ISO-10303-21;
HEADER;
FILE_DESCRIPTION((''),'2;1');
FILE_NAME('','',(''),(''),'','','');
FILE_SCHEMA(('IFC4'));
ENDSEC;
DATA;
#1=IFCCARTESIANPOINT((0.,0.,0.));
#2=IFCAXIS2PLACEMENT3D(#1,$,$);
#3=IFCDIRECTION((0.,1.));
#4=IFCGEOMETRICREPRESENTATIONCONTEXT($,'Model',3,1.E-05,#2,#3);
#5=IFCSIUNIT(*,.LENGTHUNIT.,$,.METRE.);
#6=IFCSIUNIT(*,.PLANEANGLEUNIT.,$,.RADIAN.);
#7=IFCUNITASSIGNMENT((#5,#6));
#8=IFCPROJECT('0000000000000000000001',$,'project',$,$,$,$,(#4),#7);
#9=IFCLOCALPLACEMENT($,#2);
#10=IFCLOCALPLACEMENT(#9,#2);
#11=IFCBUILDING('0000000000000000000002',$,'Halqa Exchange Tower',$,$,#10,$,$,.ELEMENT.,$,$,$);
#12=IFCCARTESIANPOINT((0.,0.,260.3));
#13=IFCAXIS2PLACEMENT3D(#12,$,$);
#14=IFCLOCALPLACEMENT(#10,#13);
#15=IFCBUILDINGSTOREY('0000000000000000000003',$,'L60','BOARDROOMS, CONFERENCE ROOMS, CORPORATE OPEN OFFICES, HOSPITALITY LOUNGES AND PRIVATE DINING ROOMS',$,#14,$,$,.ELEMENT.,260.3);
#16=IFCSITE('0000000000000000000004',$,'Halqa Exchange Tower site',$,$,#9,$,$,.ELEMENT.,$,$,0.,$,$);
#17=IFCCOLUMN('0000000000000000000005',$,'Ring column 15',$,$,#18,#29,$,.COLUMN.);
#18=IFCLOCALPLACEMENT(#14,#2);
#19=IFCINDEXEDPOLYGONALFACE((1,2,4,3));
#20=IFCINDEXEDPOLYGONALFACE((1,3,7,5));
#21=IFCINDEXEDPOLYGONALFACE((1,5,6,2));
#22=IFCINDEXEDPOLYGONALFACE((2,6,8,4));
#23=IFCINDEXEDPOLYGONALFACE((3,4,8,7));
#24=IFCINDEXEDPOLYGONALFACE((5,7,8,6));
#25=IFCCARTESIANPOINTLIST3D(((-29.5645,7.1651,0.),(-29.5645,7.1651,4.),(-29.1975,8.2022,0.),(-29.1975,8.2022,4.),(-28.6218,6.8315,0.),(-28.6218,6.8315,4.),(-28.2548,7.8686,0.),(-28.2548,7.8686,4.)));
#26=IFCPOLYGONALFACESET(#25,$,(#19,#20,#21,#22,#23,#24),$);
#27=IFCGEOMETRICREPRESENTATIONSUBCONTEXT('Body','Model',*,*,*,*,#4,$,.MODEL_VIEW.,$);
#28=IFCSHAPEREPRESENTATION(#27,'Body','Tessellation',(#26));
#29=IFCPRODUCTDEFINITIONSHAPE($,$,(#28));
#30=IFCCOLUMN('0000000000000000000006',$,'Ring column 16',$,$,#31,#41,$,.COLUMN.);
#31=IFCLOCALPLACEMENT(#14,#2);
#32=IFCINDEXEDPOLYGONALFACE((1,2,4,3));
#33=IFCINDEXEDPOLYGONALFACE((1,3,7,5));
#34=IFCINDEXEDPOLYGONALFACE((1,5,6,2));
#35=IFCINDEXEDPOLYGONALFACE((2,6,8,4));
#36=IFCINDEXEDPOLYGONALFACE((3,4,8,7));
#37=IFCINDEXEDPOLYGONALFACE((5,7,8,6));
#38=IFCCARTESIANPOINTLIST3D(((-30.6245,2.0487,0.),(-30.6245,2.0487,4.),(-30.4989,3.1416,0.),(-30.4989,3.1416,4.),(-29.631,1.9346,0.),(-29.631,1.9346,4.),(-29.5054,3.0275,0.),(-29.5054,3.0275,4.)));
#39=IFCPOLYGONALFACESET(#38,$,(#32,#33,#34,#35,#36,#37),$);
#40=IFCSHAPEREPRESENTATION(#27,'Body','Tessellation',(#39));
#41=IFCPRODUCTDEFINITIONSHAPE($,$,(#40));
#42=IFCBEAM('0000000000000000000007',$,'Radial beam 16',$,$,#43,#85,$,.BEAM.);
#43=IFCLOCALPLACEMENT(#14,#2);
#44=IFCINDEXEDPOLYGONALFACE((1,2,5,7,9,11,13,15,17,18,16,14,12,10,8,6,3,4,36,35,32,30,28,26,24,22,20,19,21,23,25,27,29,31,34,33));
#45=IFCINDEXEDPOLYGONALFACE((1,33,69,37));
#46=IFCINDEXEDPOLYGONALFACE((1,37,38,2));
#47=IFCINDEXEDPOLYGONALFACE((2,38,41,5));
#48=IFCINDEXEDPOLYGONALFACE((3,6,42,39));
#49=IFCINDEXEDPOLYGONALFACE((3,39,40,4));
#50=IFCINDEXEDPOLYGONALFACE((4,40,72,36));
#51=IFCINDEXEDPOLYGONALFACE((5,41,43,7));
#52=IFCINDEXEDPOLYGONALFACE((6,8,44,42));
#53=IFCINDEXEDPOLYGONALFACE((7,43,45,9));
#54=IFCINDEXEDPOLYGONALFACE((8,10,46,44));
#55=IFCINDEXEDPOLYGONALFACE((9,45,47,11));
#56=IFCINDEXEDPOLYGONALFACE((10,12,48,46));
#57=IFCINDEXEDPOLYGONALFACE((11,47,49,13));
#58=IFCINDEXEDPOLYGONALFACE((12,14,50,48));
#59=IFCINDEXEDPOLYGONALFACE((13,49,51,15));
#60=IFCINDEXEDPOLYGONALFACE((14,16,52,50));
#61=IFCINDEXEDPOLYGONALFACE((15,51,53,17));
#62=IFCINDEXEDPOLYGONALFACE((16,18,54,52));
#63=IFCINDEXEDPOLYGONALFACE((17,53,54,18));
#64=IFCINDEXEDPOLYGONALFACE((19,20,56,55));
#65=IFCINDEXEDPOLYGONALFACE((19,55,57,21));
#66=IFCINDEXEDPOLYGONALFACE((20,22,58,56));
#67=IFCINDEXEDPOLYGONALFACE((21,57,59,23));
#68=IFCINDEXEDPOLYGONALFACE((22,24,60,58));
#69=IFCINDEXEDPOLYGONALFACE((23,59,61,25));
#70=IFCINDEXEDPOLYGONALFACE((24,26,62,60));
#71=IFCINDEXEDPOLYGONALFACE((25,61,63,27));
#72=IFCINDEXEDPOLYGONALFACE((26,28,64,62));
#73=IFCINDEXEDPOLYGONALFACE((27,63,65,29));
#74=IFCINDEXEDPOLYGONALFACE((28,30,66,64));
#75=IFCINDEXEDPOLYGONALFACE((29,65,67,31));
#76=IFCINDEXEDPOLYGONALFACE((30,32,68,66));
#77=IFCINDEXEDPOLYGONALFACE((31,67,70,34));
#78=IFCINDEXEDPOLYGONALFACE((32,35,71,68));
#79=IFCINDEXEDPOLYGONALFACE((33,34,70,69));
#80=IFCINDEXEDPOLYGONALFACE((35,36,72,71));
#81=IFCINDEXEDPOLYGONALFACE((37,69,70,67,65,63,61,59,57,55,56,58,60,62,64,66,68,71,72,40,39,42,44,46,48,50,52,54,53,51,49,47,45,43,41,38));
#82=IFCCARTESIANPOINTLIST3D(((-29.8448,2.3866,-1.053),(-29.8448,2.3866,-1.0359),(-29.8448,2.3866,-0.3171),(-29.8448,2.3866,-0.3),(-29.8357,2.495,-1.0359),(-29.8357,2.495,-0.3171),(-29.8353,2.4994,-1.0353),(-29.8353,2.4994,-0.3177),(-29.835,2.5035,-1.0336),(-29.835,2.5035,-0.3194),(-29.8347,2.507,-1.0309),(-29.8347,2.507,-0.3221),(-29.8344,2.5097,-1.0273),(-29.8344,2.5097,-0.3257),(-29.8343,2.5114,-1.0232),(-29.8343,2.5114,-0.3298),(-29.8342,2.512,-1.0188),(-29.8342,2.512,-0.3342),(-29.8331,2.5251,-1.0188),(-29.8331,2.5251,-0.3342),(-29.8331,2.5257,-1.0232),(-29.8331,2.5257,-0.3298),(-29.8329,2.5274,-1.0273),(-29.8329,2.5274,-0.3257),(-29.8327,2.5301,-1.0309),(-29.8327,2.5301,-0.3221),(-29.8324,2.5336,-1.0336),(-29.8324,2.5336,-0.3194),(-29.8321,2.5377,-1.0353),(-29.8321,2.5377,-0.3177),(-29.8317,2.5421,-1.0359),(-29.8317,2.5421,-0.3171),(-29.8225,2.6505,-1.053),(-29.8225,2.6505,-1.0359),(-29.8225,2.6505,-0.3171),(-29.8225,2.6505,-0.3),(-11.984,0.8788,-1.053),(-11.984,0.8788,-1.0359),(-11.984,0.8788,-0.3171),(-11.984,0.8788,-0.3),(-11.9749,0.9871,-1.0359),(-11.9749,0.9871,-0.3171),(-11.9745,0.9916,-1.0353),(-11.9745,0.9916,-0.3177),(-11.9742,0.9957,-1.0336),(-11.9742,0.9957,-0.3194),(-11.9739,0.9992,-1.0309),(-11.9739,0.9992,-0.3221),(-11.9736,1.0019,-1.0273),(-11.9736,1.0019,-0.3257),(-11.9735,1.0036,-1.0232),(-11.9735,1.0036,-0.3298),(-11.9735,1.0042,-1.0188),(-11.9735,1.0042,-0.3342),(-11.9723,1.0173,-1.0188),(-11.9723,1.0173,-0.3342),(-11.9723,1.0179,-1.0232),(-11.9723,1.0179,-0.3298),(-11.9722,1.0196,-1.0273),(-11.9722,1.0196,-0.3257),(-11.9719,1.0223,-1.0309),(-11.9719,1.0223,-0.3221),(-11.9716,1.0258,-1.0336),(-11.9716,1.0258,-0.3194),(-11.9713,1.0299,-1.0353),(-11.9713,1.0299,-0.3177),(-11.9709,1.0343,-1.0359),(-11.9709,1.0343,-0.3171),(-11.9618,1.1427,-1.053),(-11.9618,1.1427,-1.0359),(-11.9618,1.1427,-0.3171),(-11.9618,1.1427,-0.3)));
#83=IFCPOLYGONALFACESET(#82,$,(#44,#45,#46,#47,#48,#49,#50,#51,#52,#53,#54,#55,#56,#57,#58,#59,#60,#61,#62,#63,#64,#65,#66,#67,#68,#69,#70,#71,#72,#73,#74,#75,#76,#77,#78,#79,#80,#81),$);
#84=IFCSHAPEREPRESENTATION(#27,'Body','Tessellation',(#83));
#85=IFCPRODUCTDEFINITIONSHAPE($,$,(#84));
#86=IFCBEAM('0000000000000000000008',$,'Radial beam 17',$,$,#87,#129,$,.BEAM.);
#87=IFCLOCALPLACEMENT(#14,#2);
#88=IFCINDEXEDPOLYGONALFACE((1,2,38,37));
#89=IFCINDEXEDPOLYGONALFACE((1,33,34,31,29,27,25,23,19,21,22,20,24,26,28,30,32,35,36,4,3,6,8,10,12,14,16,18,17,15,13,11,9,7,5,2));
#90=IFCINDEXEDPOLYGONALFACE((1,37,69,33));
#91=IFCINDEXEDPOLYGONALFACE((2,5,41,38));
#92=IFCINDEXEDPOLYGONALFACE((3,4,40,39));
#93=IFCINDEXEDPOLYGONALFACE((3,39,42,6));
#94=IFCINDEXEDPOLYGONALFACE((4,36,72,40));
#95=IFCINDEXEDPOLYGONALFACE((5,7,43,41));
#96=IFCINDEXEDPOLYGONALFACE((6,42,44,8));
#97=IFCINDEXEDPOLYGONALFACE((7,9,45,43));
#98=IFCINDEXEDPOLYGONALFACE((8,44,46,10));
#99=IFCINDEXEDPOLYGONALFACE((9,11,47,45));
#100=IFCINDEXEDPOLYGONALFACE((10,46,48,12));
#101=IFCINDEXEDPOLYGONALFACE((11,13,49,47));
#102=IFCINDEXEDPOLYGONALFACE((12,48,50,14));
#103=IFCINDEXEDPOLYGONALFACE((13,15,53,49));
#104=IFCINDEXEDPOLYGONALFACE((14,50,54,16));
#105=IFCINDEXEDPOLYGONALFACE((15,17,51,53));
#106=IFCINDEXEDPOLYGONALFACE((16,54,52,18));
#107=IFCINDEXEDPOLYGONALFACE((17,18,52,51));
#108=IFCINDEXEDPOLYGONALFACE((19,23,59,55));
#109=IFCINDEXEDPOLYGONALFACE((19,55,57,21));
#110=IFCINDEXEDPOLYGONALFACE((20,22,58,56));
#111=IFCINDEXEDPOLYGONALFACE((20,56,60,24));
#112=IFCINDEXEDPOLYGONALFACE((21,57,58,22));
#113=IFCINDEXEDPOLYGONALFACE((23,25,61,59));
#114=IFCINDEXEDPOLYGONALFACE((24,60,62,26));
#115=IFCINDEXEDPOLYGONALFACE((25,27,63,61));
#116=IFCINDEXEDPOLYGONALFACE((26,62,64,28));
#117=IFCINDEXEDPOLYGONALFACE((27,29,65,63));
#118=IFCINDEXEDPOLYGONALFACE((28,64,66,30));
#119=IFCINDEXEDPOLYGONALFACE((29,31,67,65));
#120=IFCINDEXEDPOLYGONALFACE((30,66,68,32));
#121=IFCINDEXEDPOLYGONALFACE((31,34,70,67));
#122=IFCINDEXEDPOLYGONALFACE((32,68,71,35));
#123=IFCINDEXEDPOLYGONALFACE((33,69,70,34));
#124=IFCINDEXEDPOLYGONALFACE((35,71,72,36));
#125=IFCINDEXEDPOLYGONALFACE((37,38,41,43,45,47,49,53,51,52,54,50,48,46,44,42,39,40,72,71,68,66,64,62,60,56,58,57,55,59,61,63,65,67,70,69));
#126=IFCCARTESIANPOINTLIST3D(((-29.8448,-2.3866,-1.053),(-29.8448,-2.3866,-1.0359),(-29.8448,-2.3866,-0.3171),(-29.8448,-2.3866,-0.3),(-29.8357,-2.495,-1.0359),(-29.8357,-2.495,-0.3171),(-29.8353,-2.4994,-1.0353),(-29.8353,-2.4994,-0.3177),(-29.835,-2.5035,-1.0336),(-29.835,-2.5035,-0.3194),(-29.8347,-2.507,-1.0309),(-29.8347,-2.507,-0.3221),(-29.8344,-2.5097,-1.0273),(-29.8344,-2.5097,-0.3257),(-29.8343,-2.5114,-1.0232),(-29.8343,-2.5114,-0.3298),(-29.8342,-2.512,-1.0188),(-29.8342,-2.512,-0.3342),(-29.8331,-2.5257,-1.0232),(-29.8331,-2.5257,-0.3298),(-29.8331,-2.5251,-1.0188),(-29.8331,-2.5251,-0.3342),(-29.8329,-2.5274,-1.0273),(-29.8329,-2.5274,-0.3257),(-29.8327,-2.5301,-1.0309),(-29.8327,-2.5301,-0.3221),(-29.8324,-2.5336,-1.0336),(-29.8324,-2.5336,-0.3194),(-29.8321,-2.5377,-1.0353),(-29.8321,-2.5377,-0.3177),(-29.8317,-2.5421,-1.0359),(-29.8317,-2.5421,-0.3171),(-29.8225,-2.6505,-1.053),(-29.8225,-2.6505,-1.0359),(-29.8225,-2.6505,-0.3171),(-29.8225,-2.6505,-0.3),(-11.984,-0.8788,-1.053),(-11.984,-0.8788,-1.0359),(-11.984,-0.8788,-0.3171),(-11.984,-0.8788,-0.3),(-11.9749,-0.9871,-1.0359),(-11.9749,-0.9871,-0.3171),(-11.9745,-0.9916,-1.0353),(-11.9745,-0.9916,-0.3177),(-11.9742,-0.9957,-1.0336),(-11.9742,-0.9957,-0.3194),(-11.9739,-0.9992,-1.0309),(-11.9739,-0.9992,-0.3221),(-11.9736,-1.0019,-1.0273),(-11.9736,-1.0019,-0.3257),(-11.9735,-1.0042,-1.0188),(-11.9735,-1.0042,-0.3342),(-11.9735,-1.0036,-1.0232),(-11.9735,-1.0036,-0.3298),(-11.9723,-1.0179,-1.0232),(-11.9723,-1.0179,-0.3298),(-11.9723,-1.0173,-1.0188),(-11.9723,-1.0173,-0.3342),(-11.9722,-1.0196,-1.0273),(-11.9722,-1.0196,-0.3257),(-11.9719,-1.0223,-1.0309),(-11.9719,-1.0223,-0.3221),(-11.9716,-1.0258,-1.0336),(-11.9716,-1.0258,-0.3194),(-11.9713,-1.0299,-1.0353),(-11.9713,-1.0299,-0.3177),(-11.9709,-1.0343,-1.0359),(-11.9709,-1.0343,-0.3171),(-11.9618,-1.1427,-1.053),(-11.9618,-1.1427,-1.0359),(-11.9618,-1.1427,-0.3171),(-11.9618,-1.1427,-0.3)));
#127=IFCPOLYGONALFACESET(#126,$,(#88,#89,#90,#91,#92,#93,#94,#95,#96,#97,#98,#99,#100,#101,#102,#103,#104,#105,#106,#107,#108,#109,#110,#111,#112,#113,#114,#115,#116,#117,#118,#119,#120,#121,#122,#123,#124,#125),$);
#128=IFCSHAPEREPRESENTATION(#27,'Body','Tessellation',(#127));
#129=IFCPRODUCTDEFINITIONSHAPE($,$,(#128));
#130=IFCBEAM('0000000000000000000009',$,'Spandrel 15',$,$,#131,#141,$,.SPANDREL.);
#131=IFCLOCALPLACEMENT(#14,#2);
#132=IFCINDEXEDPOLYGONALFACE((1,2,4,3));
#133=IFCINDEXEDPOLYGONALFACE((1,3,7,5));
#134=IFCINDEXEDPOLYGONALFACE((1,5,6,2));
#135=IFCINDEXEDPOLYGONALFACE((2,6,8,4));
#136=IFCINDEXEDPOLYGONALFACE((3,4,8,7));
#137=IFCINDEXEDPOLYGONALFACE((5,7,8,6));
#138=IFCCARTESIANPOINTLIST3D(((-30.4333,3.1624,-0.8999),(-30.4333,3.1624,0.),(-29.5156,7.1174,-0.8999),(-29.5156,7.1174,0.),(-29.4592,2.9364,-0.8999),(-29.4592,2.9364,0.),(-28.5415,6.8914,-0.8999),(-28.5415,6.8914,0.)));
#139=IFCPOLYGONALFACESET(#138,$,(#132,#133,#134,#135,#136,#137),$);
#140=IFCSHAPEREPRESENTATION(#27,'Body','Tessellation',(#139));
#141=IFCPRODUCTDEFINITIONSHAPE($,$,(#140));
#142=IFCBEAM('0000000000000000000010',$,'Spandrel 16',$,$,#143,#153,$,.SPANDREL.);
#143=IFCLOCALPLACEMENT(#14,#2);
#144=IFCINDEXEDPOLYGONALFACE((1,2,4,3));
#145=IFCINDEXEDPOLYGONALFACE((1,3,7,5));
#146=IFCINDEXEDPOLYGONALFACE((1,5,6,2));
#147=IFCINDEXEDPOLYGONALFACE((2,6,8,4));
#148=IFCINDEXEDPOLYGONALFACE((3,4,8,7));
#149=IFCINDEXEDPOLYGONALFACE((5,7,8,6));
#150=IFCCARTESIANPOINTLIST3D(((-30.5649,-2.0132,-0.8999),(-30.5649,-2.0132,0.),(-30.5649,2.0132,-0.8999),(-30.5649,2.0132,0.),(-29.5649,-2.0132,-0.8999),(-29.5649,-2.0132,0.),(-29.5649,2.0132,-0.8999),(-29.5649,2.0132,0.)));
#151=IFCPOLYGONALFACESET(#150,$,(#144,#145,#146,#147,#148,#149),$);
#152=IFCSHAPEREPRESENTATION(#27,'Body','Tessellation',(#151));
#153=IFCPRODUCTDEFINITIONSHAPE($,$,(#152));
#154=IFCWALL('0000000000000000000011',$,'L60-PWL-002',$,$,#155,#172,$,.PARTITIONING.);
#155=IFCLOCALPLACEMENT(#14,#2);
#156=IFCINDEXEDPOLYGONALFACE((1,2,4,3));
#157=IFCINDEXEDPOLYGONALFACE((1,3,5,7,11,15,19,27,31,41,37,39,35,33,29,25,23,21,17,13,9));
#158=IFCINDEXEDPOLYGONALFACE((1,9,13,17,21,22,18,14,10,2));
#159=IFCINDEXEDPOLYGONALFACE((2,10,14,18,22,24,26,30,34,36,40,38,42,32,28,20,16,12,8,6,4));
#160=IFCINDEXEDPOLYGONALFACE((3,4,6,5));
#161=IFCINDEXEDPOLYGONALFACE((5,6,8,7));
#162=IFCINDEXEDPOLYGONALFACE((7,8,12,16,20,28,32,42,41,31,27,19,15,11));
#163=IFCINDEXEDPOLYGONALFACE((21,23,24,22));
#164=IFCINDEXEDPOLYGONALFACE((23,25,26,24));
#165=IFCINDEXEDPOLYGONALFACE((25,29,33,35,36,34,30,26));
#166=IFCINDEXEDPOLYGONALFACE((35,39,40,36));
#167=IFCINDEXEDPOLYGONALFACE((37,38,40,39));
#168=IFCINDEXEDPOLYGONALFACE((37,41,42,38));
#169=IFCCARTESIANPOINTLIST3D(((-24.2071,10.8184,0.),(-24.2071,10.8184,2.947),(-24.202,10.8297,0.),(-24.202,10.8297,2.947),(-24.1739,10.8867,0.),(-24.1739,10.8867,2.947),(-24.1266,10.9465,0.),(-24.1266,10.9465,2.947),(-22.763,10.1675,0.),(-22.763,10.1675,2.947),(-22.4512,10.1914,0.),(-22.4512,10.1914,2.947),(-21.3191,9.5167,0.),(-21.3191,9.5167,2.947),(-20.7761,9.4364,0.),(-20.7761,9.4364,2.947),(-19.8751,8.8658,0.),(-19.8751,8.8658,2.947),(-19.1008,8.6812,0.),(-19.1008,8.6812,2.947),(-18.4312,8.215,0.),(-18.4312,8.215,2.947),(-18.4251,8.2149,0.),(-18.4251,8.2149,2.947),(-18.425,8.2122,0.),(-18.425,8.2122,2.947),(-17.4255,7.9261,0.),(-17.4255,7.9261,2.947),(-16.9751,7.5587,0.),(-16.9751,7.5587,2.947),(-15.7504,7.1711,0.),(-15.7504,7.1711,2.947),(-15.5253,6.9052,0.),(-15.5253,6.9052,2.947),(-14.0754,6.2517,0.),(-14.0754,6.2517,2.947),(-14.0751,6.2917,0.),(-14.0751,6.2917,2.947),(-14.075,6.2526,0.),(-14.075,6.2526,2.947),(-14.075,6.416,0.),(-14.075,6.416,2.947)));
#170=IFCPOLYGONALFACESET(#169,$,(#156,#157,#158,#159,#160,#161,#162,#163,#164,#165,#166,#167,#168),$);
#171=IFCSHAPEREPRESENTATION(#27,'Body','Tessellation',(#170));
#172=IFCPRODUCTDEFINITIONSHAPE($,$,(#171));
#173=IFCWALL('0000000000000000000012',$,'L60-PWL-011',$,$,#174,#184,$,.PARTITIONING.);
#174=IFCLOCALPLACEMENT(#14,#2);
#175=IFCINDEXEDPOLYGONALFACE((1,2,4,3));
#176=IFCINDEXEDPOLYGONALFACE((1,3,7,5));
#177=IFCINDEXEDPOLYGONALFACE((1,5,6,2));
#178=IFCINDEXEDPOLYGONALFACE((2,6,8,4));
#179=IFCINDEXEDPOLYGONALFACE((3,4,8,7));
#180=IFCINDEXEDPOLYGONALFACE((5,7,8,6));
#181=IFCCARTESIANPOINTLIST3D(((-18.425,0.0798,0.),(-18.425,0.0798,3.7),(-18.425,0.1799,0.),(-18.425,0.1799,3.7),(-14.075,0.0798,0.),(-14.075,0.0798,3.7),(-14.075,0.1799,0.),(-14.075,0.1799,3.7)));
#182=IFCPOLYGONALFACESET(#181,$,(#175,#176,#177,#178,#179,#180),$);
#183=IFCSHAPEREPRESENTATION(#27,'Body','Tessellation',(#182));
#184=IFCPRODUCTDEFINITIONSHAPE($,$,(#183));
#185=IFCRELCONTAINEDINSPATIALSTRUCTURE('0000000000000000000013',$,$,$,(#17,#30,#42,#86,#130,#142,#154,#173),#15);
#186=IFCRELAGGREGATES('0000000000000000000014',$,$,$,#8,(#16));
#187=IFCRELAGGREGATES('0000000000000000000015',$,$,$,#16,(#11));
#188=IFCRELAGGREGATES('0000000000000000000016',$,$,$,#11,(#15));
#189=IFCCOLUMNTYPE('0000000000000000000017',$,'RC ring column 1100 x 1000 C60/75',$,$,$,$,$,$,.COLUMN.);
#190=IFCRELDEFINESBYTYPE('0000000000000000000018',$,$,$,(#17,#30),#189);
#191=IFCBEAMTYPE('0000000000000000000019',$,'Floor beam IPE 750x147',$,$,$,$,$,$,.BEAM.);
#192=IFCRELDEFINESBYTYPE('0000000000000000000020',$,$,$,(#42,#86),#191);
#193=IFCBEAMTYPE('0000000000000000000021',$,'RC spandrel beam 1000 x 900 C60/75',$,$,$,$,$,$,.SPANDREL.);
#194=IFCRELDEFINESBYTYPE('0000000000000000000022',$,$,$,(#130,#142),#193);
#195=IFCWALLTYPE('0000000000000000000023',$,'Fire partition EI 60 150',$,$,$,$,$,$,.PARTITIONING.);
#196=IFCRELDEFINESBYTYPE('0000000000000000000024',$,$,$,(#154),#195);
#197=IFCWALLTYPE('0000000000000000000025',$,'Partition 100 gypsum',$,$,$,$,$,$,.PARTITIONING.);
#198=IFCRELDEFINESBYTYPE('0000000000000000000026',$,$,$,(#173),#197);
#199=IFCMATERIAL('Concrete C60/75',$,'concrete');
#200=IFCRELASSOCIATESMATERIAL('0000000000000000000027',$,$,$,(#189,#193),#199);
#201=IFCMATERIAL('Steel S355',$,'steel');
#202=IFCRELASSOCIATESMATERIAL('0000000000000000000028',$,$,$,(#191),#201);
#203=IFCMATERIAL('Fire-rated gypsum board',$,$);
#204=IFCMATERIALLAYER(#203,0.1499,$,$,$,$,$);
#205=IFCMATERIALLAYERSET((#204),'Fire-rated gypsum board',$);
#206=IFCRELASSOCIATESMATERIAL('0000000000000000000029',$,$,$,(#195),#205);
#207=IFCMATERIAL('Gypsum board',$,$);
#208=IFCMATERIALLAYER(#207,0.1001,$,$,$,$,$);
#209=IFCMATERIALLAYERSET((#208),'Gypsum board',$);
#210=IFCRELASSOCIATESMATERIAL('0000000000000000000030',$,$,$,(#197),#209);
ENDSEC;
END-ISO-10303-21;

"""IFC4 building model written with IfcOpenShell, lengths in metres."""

from ifc_helpers import new_model, si_unit, direction, frame, frame_2d, origin, origin_2d, place, context, subcontext, project, spatial, polyline, rectangle, i_section, outline, extrude, material, layer, layer_set, material_profile, profile_set, type_object, element, save


model = new_model("IFC4")

# Units and contexts
model_context = context("Model", 3, precision=1e-05, world=origin(), true_north=direction((0.0, 1.0)))
body_context = subcontext(model_context, "Body", "Model", "MODEL_VIEW")
ifc_project = project(units=[si_unit("LENGTHUNIT", "METRE"), si_unit("PLANEANGLEUNIT", "RADIAN")], contexts=[model_context])

# Site, building, storey
site_placement = place(None, origin())
site = spatial("IfcSite", under=ifc_project, at=site_placement, Name="Halqa Exchange Tower site", CompositionType="ELEMENT", RefElevation=0.0)
building_placement = place(site_placement, origin())
building = spatial("IfcBuilding", under=site, at=building_placement, Name="Halqa Exchange Tower", CompositionType="ELEMENT")
storey_placement = place(building_placement, frame((0.0, 0.0, 260.3)))
storey = spatial("IfcBuildingStorey", under=building, at=storey_placement, Name="L60", Description="BOARDROOMS, CONFERENCE ROOMS, CORPORATE OPEN OFFICES, HOSPITALITY LOUNGES AND PRIVATE DINING ROOMS", CompositionType="ELEMENT", Elevation=260.3)

# Columns
ifc_material_1 = material(Name="Concrete C60/75", Category="concrete")
ifc_material_profile_1 = material_profile(ifc_material_1, rectangle(XDim=1.1001, YDim=1.0, at=origin_2d()), Name="1100 x 1000")
ifc_profile_set_1 = profile_set([ifc_material_profile_1], Name="Concrete C60/75")
column_type = type_object("IfcColumnType", Name="RC ring column 1100 x 1000 C60/75", PredefinedType="COLUMN", material=ifc_profile_set_1)
for number, where, z_axis, x_axis, name in (
    (1, (-28.9097, 7.5168, 0.0), (0.0, 0.0, 1.0), (-0.333623, -0.942707, 0.0), "Ring column 15"),
    (2, (-30.0649, 2.5381, 0.0), (0.0, 0.0, 1.0), (-0.114159, -0.993463, 0.0), "Ring column 16"),
):
    element("IfcColumn", number, at=place(storey_placement, frame(where, z_axis=z_axis, x_axis=x_axis)), inside=storey, type_object=column_type, Name=name, PredefinedType="COLUMN", context=body_context, shape_type="SweptSolid", body=[
        extrude(rectangle(XDim=1.1001, YDim=1.0, at=origin_2d()), origin(), (0.0, 0.0, 1.0), 4.0),
    ])

# Beams
ifc_material_2 = material(Name="Steel S355", Category="steel")
ifc_material_profile_2 = material_profile(ifc_material_2, i_section(OverallWidth=0.2649, OverallDepth=0.7529, WebThickness=0.0132, FlangeThickness=0.0171, FilletRadius=0.0171, at=origin_2d()), Name="IPE 750x147")
ifc_profile_set_2 = profile_set([ifc_material_profile_2], Name="Steel S355")
beam_type_1 = type_object("IfcBeamType", Name="Floor beam IPE 750x147", PredefinedType="BEAM", material=ifc_profile_set_2)
for number, where, z_axis, x_axis, name in (
    (3, (-11.9729, 1.0107, -0.6765), (-0.996456, 0.084121, 0.0), (-0.084121, -0.996456, 0.0), "Radial beam 16"),
    (4, (-11.9729, -1.0107, -0.6765), (-0.996456, -0.084121, 0.0), (0.084121, -0.996456, 0.0), "Radial beam 17"),
):
    element("IfcBeam", number, at=place(storey_placement, frame(where, z_axis=z_axis, x_axis=x_axis)), inside=storey, type_object=beam_type_1, Name=name, PredefinedType="BEAM", context=body_context, shape_type="SweptSolid", body=[
        extrude(i_section(OverallWidth=0.2649, OverallDepth=0.7529, WebThickness=0.0132, FlangeThickness=0.0171, FilletRadius=0.0171, at=origin_2d()), origin(), (0.0, 0.0, 1.0), 17.9243),
    ])
ifc_material_profile_3 = material_profile(ifc_material_1, rectangle(XDim=1.0, YDim=0.8999, at=origin_2d()), Name="1000 x 900")
ifc_profile_set_3 = profile_set([ifc_material_profile_3], Name="Concrete C60/75")
beam_type_2 = type_object("IfcBeamType", Name="RC spandrel beam 1000 x 900 C60/75", PredefinedType="SPANDREL", material=ifc_profile_set_3)
beam_1_placement = place(storey_placement, frame((-29.0286, 7.0044, -0.45), z_axis=(-0.226032, -0.97412, 0.0), x_axis=(0.97412, -0.226032, 0.0)))
element("IfcBeam", 5, at=beam_1_placement, inside=storey, type_object=beam_type_2, Name="Spandrel 15", PredefinedType="SPANDREL", context=body_context, shape_type="SweptSolid", body=[
    extrude(rectangle(XDim=1.0, YDim=0.8999, at=origin_2d()), origin(), (0.0, 0.0, 1.0), 4.0601),
])
beam_2_placement = place(storey_placement, frame((-30.0649, 2.0132, -0.45), z_axis=(0.0, -1.0, 0.0), x_axis=(1.0, 0.0, 0.0)))
element("IfcBeam", 6, at=beam_2_placement, inside=storey, type_object=beam_type_2, Name="Spandrel 16", PredefinedType="SPANDREL", context=body_context, shape_type="SweptSolid", body=[
    extrude(rectangle(XDim=1.0, YDim=0.8999, at=origin_2d()), origin(), (0.0, 0.0, 1.0), 4.0264),
])

# Shared definitions
ifc_material_3 = material(Name="Gypsum board")

# Walls
ifc_material_4 = material(Name="Fire-rated gypsum board")
ifc_layer_1 = layer(ifc_material_4, 0.1499)
ifc_layer_set_1 = layer_set([ifc_layer_1], Name="Fire-rated gypsum board")
wall_type_1 = type_object("IfcWallType", Name="Fire partition EI 60 150", PredefinedType="PARTITIONING", material=ifc_layer_set_1)
wall_1_placement = place(storey_placement, frame((-24.1763, 10.8867, 0.0), z_axis=(0.0, 0.0, 1.0), x_axis=(0.911671, -0.410921, 0.0)))
element("IfcWall", 7, at=wall_1_placement, inside=storey, type_object=wall_type_1, Name="L60-PWL-002", PredefinedType="PARTITIONING", context=body_context, shape_type="SweptSolid", body=[
    extrude(outline(polyline([(0.0, -0.075), (1.584, -0.075), (3.1677, -0.075), (4.7517, -0.075), (6.3354, -0.075), (6.3411, -0.0725), (6.3423, -0.075), (7.9326, -0.075), (9.5229, -0.075), (11.1133, -0.075), (11.1133, -0.074), (11.0972, -0.0383), (11.0972, -0.0383), (11.0461, 0.075), (9.2085, 0.075), (7.3711, 0.075), (5.5334, 0.075), (3.6958, 0.075), (1.8584, 0.075), (0.0208, 0.075), (0.0022, 0.001), (0.0, -0.0625), (0.0, -0.075)])), origin(), (0.0, 0.0, 1.0), 2.947),
])
ifc_layer_2 = layer(ifc_material_3, 0.1001)
ifc_layer_set_2 = layer_set([ifc_layer_2], Name="Gypsum board")
wall_type_2 = type_object("IfcWallType", Name="Partition 100 gypsum", PredefinedType="PARTITIONING", material=ifc_layer_set_2)
wall_2_placement = place(storey_placement, frame((-14.075, 0.1299, 0.0), z_axis=(0.0, 0.0, 1.0), x_axis=(-1.0, 0.0, 0.0)))
element("IfcWall", 8, at=wall_2_placement, inside=storey, type_object=wall_type_2, Name="L60-PWL-011", PredefinedType="PARTITIONING", context=body_context, shape_type="SweptSolid", body=[
    extrude(rectangle(XDim=4.3501, YDim=0.1001, at=frame_2d((2.175, 0.0))), origin(), (0.0, 0.0, 1.0), 3.7),
])

save(model, "model.ifc")
